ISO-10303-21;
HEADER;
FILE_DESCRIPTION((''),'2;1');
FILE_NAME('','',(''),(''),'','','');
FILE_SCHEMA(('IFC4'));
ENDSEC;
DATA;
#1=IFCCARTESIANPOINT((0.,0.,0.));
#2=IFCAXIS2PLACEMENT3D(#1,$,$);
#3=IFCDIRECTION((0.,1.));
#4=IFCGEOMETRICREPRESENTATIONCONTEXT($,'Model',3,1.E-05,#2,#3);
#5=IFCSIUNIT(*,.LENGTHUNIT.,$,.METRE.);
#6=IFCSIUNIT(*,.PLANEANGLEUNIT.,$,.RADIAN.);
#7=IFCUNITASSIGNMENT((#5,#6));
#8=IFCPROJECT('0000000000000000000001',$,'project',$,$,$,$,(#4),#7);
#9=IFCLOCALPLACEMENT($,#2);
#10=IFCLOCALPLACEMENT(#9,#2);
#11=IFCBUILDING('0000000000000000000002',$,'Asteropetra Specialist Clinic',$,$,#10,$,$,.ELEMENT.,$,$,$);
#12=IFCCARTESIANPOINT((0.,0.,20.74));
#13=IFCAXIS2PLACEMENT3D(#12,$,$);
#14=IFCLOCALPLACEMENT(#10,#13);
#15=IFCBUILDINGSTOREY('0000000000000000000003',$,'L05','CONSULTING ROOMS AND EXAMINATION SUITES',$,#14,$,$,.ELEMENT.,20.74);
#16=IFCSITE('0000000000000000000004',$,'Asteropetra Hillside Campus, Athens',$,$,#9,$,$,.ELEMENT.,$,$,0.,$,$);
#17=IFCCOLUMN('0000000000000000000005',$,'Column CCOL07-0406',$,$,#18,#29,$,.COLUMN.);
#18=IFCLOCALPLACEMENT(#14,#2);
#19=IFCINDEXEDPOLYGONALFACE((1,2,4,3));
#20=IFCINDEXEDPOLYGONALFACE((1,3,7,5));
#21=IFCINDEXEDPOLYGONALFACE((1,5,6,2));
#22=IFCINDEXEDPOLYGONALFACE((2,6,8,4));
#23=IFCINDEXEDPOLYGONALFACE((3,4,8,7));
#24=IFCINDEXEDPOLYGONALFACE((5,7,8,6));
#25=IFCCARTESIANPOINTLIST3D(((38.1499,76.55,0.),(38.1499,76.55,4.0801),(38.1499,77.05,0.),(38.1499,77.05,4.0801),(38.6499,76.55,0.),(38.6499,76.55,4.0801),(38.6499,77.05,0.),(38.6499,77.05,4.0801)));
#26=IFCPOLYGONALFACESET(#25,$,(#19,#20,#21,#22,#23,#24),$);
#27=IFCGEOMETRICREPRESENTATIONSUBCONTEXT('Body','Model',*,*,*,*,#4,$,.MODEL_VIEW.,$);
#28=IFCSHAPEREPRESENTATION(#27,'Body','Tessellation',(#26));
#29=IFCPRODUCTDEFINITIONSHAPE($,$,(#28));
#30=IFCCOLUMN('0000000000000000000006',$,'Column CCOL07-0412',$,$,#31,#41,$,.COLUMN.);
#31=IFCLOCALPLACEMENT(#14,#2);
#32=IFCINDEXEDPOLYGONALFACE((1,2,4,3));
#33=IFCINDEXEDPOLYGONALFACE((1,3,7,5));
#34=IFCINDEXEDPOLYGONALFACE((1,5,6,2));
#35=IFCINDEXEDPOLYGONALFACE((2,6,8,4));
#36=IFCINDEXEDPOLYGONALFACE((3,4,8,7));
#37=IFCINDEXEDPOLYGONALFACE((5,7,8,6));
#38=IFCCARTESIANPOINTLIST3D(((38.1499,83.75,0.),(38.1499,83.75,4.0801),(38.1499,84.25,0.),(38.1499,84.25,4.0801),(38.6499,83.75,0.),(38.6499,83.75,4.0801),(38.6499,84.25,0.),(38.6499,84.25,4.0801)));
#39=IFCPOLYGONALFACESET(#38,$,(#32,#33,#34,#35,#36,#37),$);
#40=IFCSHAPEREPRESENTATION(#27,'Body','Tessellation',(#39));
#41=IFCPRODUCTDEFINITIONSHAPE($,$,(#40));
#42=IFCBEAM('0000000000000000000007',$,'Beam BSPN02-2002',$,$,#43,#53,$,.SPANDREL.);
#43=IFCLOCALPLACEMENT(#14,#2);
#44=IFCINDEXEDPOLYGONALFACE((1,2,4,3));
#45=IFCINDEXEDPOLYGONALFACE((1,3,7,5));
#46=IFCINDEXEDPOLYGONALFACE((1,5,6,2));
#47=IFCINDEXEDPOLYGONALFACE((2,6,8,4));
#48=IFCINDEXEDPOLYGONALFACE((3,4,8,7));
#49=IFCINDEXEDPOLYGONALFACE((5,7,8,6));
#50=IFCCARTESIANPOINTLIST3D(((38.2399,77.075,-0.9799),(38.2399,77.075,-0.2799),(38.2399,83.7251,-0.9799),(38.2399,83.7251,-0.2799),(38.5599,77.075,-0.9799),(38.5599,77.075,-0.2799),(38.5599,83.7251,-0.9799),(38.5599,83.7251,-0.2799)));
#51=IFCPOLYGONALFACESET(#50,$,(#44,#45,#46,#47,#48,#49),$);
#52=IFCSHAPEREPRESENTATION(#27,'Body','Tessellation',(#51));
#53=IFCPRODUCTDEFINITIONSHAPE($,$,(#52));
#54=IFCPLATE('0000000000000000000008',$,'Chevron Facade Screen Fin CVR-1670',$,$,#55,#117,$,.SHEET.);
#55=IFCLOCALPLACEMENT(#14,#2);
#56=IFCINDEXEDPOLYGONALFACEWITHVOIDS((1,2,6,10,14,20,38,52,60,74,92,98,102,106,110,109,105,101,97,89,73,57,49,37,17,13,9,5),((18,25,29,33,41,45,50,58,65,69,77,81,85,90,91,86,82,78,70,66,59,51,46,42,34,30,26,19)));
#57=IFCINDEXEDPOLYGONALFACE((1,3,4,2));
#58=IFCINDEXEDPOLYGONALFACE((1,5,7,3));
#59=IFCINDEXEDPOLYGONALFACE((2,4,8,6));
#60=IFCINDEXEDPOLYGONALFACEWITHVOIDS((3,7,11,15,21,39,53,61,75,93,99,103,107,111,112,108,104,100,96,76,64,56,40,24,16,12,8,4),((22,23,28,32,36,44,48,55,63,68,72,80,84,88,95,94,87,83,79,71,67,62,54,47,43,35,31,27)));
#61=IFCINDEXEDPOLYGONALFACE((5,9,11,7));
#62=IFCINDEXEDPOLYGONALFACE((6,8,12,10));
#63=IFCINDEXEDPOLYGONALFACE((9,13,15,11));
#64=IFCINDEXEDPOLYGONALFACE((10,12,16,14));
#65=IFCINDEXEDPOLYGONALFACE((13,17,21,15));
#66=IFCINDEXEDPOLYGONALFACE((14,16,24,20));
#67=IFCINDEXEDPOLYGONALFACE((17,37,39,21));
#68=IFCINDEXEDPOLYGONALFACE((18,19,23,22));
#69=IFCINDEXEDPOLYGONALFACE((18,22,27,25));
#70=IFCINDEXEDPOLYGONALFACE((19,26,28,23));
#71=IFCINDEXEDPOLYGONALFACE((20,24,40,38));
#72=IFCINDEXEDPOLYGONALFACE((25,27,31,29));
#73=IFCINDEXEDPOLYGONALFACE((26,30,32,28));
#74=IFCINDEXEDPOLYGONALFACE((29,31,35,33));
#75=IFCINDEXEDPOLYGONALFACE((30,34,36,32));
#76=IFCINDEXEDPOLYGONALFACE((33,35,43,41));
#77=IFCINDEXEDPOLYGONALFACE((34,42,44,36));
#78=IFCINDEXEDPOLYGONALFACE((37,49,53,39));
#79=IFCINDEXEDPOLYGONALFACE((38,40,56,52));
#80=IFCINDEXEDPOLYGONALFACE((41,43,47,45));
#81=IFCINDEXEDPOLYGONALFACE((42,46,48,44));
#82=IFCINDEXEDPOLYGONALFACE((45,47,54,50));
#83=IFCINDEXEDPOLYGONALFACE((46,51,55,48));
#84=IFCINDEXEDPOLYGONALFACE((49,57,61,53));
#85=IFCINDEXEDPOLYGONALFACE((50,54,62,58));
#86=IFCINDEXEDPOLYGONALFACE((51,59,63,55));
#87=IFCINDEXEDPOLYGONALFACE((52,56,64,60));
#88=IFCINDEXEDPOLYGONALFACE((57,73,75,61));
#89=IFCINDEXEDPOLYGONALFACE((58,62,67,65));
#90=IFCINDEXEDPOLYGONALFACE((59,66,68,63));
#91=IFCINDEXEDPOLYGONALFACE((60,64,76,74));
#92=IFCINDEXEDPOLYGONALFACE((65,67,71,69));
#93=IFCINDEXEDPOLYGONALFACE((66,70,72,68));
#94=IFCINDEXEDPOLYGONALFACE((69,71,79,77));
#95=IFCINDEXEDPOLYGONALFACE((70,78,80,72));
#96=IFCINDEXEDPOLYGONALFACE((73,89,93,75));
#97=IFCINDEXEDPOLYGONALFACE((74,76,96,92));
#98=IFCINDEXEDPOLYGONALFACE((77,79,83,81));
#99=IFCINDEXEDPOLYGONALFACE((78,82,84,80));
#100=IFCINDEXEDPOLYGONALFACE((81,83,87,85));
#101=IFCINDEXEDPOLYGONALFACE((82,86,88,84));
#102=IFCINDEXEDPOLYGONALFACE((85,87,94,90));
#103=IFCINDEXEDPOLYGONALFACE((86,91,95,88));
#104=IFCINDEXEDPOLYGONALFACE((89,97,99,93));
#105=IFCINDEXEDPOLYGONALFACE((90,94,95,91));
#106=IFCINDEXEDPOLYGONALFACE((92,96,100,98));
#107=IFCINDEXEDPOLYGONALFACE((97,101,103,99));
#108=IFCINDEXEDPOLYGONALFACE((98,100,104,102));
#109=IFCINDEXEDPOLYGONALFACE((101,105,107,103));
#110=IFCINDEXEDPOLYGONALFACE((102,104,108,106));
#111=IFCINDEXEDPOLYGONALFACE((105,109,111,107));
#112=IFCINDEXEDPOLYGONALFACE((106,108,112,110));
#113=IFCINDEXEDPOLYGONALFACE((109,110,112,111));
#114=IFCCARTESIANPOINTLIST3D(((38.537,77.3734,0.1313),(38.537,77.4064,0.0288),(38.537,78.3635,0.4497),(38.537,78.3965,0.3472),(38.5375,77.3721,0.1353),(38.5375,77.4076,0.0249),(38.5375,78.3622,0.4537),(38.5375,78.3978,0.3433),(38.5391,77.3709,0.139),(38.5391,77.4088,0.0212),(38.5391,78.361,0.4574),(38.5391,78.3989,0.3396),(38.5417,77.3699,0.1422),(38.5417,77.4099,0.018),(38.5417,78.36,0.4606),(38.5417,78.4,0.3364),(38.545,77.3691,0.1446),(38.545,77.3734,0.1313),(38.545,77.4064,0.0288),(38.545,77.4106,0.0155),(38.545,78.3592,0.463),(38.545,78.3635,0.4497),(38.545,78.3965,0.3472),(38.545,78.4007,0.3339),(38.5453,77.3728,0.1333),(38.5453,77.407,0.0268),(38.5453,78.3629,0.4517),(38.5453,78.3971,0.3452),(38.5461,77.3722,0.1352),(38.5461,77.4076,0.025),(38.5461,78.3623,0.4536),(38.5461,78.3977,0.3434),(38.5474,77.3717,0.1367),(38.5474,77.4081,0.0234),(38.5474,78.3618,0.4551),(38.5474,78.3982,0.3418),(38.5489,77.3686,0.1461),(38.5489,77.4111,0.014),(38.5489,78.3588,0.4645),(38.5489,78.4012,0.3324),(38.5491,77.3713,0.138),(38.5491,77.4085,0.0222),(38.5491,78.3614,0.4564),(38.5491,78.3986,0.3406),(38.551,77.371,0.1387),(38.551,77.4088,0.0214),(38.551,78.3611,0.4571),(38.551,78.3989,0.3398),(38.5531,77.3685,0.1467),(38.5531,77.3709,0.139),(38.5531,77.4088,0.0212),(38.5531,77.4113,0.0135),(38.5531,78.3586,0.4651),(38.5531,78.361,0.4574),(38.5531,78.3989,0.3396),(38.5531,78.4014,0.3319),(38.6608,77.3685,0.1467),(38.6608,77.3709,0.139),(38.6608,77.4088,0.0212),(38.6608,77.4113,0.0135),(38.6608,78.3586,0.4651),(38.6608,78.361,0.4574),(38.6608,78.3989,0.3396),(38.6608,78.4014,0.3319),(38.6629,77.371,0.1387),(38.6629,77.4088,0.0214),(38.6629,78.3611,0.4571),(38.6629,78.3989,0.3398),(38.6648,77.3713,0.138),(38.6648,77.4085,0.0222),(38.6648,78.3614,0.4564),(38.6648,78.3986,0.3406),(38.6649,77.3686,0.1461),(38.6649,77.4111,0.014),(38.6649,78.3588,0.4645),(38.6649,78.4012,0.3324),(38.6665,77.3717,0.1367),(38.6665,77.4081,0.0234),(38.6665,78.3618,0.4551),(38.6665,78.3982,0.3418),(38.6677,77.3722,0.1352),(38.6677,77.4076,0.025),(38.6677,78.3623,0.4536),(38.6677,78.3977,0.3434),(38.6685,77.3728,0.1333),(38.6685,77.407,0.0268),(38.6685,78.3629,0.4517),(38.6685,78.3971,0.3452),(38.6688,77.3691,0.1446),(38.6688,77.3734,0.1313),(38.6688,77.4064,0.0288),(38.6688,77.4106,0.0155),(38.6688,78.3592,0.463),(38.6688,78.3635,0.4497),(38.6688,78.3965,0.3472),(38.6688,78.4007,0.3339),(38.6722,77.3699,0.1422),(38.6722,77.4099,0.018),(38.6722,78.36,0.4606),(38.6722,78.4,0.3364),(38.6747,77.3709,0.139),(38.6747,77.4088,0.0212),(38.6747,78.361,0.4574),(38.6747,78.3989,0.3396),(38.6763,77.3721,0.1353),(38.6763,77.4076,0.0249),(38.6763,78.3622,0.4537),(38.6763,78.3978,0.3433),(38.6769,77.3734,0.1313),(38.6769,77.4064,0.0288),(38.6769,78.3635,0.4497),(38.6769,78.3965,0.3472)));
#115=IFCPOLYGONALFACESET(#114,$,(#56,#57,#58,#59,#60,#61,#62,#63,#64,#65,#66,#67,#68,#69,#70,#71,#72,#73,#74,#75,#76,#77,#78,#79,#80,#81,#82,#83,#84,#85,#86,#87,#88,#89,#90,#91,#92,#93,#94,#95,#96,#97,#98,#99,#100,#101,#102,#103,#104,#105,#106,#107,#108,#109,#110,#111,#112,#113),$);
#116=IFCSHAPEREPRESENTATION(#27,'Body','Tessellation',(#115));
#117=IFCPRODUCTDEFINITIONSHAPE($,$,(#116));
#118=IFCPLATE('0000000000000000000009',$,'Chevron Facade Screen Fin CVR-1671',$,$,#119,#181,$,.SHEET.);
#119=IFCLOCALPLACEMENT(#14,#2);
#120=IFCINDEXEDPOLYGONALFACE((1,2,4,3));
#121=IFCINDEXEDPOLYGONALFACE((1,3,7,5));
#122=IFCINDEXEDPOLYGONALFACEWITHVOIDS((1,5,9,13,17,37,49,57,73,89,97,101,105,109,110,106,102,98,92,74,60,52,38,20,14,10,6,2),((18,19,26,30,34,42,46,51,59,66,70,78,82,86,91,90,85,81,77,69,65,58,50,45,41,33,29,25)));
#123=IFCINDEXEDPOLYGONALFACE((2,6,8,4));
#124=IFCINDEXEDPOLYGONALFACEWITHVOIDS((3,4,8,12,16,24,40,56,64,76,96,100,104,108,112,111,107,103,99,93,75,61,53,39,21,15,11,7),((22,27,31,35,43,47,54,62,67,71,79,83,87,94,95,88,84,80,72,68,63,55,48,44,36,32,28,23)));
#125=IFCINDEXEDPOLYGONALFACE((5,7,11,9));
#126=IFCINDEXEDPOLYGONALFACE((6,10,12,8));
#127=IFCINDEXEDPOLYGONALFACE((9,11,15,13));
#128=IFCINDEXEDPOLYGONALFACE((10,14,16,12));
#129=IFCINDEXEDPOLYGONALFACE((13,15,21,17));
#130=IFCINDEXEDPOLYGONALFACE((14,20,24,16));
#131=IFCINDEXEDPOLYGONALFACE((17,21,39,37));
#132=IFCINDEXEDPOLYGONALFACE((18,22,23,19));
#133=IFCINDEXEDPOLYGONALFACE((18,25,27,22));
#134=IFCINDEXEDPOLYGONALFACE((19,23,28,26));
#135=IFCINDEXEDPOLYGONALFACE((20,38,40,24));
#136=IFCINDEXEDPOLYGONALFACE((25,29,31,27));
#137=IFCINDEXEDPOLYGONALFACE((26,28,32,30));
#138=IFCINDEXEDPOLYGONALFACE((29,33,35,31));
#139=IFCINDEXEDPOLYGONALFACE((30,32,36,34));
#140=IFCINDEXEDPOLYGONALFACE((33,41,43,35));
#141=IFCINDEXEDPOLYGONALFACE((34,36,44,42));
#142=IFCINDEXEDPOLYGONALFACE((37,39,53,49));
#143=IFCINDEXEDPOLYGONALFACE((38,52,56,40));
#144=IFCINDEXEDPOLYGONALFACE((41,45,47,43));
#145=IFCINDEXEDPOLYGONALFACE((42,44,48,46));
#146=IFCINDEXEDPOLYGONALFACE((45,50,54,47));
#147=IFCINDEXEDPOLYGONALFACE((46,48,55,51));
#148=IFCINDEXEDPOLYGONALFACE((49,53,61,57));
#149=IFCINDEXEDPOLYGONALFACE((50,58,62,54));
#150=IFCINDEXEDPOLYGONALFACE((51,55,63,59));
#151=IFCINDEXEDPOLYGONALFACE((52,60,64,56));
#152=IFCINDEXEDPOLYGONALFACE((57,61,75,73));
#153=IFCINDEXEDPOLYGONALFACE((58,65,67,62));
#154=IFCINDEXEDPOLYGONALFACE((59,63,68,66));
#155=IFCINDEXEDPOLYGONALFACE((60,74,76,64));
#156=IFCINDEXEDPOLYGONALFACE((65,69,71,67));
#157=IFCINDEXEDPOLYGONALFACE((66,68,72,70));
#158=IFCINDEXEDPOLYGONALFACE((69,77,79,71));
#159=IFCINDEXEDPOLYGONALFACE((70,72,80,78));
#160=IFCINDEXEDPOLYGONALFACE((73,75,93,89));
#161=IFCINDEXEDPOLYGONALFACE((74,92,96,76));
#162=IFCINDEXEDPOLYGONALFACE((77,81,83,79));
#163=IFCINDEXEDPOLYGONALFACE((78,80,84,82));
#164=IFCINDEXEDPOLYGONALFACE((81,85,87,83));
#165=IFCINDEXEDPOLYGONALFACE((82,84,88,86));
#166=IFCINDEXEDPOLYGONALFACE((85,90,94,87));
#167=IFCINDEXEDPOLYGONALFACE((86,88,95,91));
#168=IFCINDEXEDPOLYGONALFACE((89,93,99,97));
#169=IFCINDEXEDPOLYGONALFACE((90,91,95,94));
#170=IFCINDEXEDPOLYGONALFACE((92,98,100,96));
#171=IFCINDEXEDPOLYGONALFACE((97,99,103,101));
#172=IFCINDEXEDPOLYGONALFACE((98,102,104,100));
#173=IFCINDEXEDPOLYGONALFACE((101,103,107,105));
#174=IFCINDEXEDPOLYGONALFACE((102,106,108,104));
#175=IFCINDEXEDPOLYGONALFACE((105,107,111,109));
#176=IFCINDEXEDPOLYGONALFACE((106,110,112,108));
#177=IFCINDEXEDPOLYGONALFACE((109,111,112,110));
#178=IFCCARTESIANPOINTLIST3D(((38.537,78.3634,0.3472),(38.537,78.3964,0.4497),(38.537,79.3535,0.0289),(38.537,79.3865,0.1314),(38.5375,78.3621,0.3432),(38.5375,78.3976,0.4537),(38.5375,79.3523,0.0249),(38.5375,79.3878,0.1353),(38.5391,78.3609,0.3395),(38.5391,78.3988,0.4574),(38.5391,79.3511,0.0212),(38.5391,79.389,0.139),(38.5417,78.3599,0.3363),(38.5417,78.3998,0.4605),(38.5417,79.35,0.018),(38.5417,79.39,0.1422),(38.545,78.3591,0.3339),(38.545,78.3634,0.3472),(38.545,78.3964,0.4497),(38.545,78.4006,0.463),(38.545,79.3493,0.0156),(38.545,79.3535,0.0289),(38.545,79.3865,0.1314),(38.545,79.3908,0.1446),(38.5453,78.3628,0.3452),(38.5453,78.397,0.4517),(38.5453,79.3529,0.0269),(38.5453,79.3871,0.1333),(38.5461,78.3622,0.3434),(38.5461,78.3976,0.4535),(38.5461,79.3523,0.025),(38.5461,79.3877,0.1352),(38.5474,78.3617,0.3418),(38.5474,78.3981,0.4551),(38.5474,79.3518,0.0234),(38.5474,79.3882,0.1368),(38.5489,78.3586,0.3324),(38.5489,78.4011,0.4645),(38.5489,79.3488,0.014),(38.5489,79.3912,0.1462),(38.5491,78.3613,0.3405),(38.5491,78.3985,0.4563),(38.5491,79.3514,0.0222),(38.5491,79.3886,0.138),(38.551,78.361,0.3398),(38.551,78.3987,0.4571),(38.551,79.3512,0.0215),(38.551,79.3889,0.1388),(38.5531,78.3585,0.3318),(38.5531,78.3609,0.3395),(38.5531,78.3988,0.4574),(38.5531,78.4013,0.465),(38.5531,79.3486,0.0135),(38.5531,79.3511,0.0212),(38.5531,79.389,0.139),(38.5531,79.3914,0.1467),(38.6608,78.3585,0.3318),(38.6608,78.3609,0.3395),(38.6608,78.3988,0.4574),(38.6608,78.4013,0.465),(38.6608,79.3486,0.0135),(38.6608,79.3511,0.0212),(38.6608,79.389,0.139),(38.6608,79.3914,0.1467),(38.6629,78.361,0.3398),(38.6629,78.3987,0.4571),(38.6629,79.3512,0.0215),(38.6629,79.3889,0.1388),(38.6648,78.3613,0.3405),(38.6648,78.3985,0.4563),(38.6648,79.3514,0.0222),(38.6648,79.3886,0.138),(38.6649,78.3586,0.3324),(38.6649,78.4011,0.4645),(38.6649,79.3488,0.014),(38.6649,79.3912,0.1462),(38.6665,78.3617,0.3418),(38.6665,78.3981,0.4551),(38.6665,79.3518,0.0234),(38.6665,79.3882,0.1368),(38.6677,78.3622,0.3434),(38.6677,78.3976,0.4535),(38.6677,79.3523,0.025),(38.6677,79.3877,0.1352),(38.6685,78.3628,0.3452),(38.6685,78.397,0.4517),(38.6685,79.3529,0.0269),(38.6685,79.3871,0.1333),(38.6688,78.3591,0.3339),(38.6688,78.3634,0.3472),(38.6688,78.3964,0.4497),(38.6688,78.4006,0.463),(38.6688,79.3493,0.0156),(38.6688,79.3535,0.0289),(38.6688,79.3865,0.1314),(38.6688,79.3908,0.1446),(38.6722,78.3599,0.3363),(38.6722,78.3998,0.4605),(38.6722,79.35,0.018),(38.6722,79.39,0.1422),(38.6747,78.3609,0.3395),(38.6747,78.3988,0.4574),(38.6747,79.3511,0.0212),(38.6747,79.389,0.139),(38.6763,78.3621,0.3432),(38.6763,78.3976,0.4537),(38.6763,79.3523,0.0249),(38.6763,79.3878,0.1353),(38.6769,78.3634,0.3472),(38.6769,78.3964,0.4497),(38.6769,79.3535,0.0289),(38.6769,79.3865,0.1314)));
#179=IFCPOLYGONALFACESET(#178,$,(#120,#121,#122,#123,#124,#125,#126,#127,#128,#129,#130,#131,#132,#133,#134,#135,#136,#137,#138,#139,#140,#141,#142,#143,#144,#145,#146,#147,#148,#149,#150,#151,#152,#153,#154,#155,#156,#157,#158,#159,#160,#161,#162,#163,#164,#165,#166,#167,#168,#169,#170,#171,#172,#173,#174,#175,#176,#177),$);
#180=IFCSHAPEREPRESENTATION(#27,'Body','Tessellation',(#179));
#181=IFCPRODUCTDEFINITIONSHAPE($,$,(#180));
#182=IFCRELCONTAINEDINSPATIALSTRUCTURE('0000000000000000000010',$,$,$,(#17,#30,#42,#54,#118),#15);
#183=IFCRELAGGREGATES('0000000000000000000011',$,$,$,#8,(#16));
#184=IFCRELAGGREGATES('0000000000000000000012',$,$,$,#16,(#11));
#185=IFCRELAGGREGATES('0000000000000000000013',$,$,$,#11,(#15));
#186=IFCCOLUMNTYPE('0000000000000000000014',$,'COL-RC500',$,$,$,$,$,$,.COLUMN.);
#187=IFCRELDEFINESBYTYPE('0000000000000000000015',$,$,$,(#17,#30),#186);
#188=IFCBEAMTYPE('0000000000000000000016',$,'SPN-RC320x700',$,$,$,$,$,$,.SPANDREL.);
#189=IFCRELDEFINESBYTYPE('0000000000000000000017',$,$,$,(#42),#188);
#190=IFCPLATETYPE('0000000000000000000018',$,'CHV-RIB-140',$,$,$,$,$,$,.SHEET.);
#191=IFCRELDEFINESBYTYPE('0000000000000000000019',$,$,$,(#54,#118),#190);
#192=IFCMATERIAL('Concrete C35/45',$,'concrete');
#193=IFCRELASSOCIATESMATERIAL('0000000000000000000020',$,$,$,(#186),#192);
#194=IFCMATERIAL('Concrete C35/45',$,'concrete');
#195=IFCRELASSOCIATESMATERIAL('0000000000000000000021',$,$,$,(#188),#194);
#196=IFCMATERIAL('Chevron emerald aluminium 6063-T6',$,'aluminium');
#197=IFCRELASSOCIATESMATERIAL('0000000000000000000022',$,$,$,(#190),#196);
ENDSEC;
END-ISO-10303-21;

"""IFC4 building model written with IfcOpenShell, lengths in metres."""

from ifc_helpers import new_model, si_unit, direction, frame, origin, origin_2d, place, context, subcontext, project, spatial, rectangle, hollow_rectangle, extrude, material, material_profile, profile_set, type_object, element, save


model = new_model("IFC4")

# Units and contexts
model_context = context("Model", 3, precision=1e-05, world=origin(), true_north=direction((0.0, 1.0)))
body_context = subcontext(model_context, "Body", "Model", "MODEL_VIEW")
ifc_project = project(units=[si_unit("LENGTHUNIT", "METRE"), si_unit("PLANEANGLEUNIT", "RADIAN")], contexts=[model_context])

# Site, building, storey
site_placement = place(None, origin())
site = spatial("IfcSite", under=ifc_project, at=site_placement, Name="Asteropetra Hillside Campus, Athens", CompositionType="ELEMENT", RefElevation=0.0)
building_placement = place(site_placement, origin())
building = spatial("IfcBuilding", under=site, at=building_placement, Name="Asteropetra Specialist Clinic", CompositionType="ELEMENT")
storey_placement = place(building_placement, frame((0.0, 0.0, 20.74)))
storey = spatial("IfcBuildingStorey", under=building, at=storey_placement, Name="L05", Description="CONSULTING ROOMS AND EXAMINATION SUITES", CompositionType="ELEMENT", Elevation=20.74)

# Columns
ifc_material_1 = material(Name="Concrete C35/45", Category="concrete")
ifc_material_profile_1 = material_profile(ifc_material_1, rectangle(XDim=0.5, YDim=0.5, at=origin_2d()), Name="RC 500x500")
ifc_profile_set_1 = profile_set([ifc_material_profile_1], Name="Concrete C35/45")
column_type = type_object("IfcColumnType", Name="COL-RC500", PredefinedType="COLUMN", material=ifc_profile_set_1)
for number, where, z_axis, x_axis, name in (
    (1, (38.3999, 76.8, 0.0), (0.0, 0.0, 1.0), (1.0, 0.0, 0.0), "Column CCOL07-0406"),
    (2, (38.3999, 84.0, 0.0), (0.0, 0.0, 1.0), (1.0, 0.0, 0.0), "Column CCOL07-0412"),
):
    element("IfcColumn", number, at=place(storey_placement, frame(where, z_axis=z_axis, x_axis=x_axis)), inside=storey, type_object=column_type, Name=name, PredefinedType="COLUMN", context=body_context, shape_type="SweptSolid", body=[
        extrude(rectangle(XDim=0.5, YDim=0.5, at=origin_2d()), origin(), (0.0, 0.0, 1.0), 4.0801),
    ])

# Beam
ifc_material_2 = material(Name="Concrete C35/45", Category="concrete")
ifc_material_profile_2 = material_profile(ifc_material_2, rectangle(XDim=0.3201, YDim=0.7, at=origin_2d()), Name="RCS 320x700")
ifc_profile_set_2 = profile_set([ifc_material_profile_2], Name="Concrete C35/45")
beam_type = type_object("IfcBeamType", Name="SPN-RC320x700", PredefinedType="SPANDREL", material=ifc_profile_set_2)
beam_placement = place(storey_placement, frame((38.3999, 77.075, -0.6299), z_axis=(0.0, 1.0, 0.0), x_axis=(-1.0, 0.0, 0.0)))
element("IfcBeam", 3, at=beam_placement, inside=storey, type_object=beam_type, Name="Beam BSPN02-2002", PredefinedType="SPANDREL", context=body_context, shape_type="SweptSolid", body=[
    extrude(rectangle(XDim=0.3201, YDim=0.7, at=origin_2d()), origin(), (0.0, 0.0, 1.0), 6.6501),
])

# Plates
ifc_material_3 = material(Name="Chevron emerald aluminium 6063-T6", Category="aluminium")
ifc_material_profile_3 = material_profile(ifc_material_3, hollow_rectangle(XDim=0.1399, YDim=0.1399, WallThickness=0.0081, InnerFilletRadius=0.0081, OuterFilletRadius=0.0161, at=origin_2d()), Name="SHS 140x140x8.0")
ifc_profile_set_3 = profile_set([ifc_material_profile_3], Name="Chevron emerald aluminium 6063-T6")
plate_type = type_object("IfcPlateType", Name="CHV-RIB-140", PredefinedType="SHEET", material=ifc_profile_set_3)
for number, where, z_axis, x_axis, name in (
    (4, (38.6069, 77.3899, 0.0801), (0.0, 0.951987, 0.306138), (-1.0, 0.0, 0.0), "Chevron Facade Screen Fin CVR-1670"),
    (5, (38.6069, 78.3799, 0.3984), (0.0, 0.952009, -0.30607), (-1.0, 0.0, 0.0), "Chevron Facade Screen Fin CVR-1671"),
):
    element("IfcPlate", number, at=place(storey_placement, frame(where, z_axis=z_axis, x_axis=x_axis)), inside=storey, type_object=plate_type, Name=name, PredefinedType="SHEET", context=body_context, shape_type="SweptSolid", body=[
        extrude(hollow_rectangle(XDim=0.1399, YDim=0.1399, WallThickness=0.0081, InnerFilletRadius=0.0081, OuterFilletRadius=0.0161, at=origin_2d()), origin(), (0.0, 0.0, 1.0), 1.04),
    ])

save(model, "model.ifc")
